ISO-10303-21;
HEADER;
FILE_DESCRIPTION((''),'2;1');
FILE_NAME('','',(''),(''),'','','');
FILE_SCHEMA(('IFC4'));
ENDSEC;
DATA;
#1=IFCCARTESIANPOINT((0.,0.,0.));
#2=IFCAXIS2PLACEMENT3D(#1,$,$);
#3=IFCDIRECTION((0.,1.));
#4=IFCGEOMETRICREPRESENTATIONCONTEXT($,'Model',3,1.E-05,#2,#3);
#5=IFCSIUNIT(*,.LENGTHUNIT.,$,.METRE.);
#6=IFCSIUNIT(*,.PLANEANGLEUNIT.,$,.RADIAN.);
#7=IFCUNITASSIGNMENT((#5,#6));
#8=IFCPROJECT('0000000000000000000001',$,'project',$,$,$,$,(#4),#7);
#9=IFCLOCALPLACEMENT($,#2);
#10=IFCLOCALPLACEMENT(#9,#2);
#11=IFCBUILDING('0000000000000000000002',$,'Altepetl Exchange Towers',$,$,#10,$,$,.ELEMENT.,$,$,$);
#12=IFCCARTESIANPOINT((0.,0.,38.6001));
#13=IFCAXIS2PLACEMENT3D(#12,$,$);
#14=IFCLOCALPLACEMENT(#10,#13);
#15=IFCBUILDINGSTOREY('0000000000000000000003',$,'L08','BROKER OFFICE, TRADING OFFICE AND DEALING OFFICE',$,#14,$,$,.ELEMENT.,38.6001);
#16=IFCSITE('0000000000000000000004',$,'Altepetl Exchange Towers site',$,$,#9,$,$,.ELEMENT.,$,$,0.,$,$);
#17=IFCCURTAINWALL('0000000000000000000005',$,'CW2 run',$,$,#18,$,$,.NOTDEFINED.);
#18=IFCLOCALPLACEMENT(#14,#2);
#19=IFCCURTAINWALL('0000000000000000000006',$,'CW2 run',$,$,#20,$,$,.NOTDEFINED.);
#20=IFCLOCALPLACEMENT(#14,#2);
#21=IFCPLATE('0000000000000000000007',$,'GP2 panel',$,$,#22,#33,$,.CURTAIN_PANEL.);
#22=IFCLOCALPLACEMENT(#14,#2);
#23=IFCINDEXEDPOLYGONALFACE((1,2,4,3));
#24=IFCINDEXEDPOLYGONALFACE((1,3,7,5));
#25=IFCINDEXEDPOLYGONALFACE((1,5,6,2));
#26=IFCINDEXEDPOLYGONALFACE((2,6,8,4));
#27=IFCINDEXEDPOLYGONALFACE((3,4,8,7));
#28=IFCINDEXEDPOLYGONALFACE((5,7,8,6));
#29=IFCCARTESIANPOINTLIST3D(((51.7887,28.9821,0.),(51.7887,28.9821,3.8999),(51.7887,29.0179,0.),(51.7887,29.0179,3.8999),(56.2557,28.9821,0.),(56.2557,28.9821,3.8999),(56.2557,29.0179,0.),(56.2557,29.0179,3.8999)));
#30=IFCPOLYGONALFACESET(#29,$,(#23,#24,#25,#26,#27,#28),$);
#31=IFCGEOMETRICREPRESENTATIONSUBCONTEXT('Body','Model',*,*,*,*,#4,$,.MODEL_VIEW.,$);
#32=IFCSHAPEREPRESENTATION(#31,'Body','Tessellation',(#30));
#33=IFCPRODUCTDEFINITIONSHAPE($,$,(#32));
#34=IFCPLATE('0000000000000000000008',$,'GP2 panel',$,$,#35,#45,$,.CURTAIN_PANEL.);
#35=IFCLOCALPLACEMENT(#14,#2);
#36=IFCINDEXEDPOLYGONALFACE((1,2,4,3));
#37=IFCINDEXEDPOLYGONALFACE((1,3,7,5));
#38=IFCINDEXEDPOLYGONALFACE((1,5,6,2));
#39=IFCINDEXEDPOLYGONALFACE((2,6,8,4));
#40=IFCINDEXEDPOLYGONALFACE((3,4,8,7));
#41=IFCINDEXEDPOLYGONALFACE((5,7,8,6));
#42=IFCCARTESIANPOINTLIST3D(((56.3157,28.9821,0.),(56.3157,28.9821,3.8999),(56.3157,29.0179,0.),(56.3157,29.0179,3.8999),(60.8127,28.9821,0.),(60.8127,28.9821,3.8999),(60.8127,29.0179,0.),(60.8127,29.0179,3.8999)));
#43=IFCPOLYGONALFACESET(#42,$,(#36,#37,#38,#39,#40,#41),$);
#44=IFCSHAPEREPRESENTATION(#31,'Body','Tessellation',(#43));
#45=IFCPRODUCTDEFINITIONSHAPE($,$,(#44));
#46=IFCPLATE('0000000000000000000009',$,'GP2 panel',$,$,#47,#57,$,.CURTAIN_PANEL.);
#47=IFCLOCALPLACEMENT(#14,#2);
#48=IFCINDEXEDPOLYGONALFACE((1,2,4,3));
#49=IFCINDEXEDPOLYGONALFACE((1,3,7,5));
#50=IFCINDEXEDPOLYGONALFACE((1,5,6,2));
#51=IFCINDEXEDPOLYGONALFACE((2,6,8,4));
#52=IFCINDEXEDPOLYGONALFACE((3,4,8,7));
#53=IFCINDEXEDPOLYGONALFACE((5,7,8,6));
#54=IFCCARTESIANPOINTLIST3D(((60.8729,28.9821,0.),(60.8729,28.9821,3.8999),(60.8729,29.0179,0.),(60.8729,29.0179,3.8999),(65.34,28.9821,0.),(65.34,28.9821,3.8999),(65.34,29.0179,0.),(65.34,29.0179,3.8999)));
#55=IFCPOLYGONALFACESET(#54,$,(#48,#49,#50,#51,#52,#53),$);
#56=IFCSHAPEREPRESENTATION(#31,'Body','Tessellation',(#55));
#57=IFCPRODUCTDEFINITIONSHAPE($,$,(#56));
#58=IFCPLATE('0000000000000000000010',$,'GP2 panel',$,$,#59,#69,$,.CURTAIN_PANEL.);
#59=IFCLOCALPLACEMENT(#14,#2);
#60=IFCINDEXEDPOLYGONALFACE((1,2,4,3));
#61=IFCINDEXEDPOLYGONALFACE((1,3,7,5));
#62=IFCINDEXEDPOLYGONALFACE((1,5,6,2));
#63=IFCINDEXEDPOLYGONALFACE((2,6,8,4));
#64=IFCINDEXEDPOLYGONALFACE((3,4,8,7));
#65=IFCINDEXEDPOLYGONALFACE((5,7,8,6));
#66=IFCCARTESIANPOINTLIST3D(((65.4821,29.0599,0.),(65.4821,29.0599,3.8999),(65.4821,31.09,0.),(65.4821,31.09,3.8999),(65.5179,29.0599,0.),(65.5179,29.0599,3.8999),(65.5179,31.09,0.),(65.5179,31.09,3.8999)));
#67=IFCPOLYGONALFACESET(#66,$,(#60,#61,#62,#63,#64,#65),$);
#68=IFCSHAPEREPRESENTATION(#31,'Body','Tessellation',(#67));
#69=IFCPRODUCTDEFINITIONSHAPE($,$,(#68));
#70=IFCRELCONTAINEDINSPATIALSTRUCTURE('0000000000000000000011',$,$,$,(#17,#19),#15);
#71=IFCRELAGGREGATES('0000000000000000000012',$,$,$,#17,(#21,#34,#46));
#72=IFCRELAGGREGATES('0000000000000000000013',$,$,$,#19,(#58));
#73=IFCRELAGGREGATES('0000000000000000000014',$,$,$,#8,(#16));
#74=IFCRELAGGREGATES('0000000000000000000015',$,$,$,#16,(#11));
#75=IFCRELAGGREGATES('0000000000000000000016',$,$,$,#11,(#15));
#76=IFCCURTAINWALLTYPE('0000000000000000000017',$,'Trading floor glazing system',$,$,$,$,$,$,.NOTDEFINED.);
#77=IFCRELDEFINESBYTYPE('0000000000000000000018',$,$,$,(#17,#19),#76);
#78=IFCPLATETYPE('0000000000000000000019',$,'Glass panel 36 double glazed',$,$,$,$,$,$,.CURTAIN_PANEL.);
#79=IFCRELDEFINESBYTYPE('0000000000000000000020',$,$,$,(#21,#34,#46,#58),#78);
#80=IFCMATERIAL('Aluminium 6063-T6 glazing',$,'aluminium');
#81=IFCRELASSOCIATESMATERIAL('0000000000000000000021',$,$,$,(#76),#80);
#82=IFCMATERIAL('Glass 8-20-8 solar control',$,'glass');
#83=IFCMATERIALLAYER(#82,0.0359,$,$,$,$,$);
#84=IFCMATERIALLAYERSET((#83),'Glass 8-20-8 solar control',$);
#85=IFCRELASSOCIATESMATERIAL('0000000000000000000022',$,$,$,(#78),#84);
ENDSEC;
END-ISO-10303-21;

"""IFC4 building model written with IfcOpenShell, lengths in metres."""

from ifc_helpers import new_model, si_unit, direction, frame, origin, origin_2d, place, context, subcontext, project, spatial, rectangle, extrude, material, layer, layer_set, type_object, element, aggregate, save


model = new_model("IFC4")

# Units and contexts
model_context = context("Model", 3, precision=1e-05, world=origin(), true_north=direction((0.0, 1.0)))
body_context = subcontext(model_context, "Body", "Model", "MODEL_VIEW")
ifc_project = project(units=[si_unit("LENGTHUNIT", "METRE"), si_unit("PLANEANGLEUNIT", "RADIAN")], contexts=[model_context])

# Site, building, storey
site_placement = place(None, origin())
site = spatial("IfcSite", under=ifc_project, at=site_placement, Name="Altepetl Exchange Towers site", CompositionType="ELEMENT", RefElevation=0.0)
building_placement = place(site_placement, origin())
building = spatial("IfcBuilding", under=site, at=building_placement, Name="Altepetl Exchange Towers", CompositionType="ELEMENT")
storey_placement = place(building_placement, frame((0.0, 0.0, 38.6001)))
storey = spatial("IfcBuildingStorey", under=building, at=storey_placement, Name="L08", Description="BROKER OFFICE, TRADING OFFICE AND DEALING OFFICE", CompositionType="ELEMENT", Elevation=38.6001)

# Curtain wall
ifc_material_1 = material(Name="Aluminium 6063-T6 glazing", Category="aluminium")
curtain_wall_type = type_object("IfcCurtainWallType", Name="Trading floor glazing system", PredefinedType="NOTDEFINED", material=ifc_material_1)
curtain_wall_1_placement = place(storey_placement, origin())
curtain_wall_1 = element("IfcCurtainWall", 1, at=curtain_wall_1_placement, inside=storey, type_object=curtain_wall_type, Name="CW2 run", PredefinedType="NOTDEFINED")

# Curtain wall
curtain_wall_2_placement = place(storey_placement, origin())
curtain_wall_2 = element("IfcCurtainWall", 2, at=curtain_wall_2_placement, inside=storey, type_object=curtain_wall_type, Name="CW2 run", PredefinedType="NOTDEFINED")

# Plates
ifc_material_2 = material(Name="Glass 8-20-8 solar control", Category="glass")
ifc_layer = layer(ifc_material_2, 0.0359)
ifc_layer_set = layer_set([ifc_layer], Name="Glass 8-20-8 solar control")
plate_type = type_object("IfcPlateType", Name="Glass panel 36 double glazed", PredefinedType="CURTAIN_PANEL", material=ifc_layer_set)
plate_1_placement = place(storey_placement, frame((54.0222, 29.0, 0.0)))
plate_1 = element("IfcPlate", 3, at=plate_1_placement, type_object=plate_type, Name="GP2 panel", PredefinedType="CURTAIN_PANEL", context=body_context, shape_type="SweptSolid", body=[
    extrude(rectangle(XDim=4.467, YDim=0.0359, at=origin_2d()), origin(), (0.0, 0.0, 1.0), 3.8999),
])
plate_2_placement = place(storey_placement, frame((58.5642, 29.0, 0.0)))
plate_2 = element("IfcPlate", 4, at=plate_2_placement, type_object=plate_type, Name="GP2 panel", PredefinedType="CURTAIN_PANEL", context=body_context, shape_type="SweptSolid", body=[
    extrude(rectangle(XDim=4.4971, YDim=0.0359, at=origin_2d()), origin(), (0.0, 0.0, 1.0), 3.8999),
])
plate_3_placement = place(storey_placement, frame((63.1064, 29.0, 0.0)))
plate_3 = element("IfcPlate", 5, at=plate_3_placement, type_object=plate_type, Name="GP2 panel", PredefinedType="CURTAIN_PANEL", context=body_context, shape_type="SweptSolid", body=[
    extrude(rectangle(XDim=4.467, YDim=0.0359, at=origin_2d()), origin(), (0.0, 0.0, 1.0), 3.8999),
])
aggregate(curtain_wall_1, [plate_1, plate_2, plate_3])
plate_4_placement = place(storey_placement, frame((65.5, 30.075, 0.0), z_axis=(0.0, 0.0, 1.0), x_axis=(0.0, 1.0, 0.0)))
plate_4 = element("IfcPlate", 6, at=plate_4_placement, type_object=plate_type, Name="GP2 panel", PredefinedType="CURTAIN_PANEL", context=body_context, shape_type="SweptSolid", body=[
    extrude(rectangle(XDim=2.03, YDim=0.0359, at=origin_2d()), origin(), (0.0, 0.0, 1.0), 3.8999),
])
aggregate(curtain_wall_2, [plate_4])

save(model, "model.ifc")
